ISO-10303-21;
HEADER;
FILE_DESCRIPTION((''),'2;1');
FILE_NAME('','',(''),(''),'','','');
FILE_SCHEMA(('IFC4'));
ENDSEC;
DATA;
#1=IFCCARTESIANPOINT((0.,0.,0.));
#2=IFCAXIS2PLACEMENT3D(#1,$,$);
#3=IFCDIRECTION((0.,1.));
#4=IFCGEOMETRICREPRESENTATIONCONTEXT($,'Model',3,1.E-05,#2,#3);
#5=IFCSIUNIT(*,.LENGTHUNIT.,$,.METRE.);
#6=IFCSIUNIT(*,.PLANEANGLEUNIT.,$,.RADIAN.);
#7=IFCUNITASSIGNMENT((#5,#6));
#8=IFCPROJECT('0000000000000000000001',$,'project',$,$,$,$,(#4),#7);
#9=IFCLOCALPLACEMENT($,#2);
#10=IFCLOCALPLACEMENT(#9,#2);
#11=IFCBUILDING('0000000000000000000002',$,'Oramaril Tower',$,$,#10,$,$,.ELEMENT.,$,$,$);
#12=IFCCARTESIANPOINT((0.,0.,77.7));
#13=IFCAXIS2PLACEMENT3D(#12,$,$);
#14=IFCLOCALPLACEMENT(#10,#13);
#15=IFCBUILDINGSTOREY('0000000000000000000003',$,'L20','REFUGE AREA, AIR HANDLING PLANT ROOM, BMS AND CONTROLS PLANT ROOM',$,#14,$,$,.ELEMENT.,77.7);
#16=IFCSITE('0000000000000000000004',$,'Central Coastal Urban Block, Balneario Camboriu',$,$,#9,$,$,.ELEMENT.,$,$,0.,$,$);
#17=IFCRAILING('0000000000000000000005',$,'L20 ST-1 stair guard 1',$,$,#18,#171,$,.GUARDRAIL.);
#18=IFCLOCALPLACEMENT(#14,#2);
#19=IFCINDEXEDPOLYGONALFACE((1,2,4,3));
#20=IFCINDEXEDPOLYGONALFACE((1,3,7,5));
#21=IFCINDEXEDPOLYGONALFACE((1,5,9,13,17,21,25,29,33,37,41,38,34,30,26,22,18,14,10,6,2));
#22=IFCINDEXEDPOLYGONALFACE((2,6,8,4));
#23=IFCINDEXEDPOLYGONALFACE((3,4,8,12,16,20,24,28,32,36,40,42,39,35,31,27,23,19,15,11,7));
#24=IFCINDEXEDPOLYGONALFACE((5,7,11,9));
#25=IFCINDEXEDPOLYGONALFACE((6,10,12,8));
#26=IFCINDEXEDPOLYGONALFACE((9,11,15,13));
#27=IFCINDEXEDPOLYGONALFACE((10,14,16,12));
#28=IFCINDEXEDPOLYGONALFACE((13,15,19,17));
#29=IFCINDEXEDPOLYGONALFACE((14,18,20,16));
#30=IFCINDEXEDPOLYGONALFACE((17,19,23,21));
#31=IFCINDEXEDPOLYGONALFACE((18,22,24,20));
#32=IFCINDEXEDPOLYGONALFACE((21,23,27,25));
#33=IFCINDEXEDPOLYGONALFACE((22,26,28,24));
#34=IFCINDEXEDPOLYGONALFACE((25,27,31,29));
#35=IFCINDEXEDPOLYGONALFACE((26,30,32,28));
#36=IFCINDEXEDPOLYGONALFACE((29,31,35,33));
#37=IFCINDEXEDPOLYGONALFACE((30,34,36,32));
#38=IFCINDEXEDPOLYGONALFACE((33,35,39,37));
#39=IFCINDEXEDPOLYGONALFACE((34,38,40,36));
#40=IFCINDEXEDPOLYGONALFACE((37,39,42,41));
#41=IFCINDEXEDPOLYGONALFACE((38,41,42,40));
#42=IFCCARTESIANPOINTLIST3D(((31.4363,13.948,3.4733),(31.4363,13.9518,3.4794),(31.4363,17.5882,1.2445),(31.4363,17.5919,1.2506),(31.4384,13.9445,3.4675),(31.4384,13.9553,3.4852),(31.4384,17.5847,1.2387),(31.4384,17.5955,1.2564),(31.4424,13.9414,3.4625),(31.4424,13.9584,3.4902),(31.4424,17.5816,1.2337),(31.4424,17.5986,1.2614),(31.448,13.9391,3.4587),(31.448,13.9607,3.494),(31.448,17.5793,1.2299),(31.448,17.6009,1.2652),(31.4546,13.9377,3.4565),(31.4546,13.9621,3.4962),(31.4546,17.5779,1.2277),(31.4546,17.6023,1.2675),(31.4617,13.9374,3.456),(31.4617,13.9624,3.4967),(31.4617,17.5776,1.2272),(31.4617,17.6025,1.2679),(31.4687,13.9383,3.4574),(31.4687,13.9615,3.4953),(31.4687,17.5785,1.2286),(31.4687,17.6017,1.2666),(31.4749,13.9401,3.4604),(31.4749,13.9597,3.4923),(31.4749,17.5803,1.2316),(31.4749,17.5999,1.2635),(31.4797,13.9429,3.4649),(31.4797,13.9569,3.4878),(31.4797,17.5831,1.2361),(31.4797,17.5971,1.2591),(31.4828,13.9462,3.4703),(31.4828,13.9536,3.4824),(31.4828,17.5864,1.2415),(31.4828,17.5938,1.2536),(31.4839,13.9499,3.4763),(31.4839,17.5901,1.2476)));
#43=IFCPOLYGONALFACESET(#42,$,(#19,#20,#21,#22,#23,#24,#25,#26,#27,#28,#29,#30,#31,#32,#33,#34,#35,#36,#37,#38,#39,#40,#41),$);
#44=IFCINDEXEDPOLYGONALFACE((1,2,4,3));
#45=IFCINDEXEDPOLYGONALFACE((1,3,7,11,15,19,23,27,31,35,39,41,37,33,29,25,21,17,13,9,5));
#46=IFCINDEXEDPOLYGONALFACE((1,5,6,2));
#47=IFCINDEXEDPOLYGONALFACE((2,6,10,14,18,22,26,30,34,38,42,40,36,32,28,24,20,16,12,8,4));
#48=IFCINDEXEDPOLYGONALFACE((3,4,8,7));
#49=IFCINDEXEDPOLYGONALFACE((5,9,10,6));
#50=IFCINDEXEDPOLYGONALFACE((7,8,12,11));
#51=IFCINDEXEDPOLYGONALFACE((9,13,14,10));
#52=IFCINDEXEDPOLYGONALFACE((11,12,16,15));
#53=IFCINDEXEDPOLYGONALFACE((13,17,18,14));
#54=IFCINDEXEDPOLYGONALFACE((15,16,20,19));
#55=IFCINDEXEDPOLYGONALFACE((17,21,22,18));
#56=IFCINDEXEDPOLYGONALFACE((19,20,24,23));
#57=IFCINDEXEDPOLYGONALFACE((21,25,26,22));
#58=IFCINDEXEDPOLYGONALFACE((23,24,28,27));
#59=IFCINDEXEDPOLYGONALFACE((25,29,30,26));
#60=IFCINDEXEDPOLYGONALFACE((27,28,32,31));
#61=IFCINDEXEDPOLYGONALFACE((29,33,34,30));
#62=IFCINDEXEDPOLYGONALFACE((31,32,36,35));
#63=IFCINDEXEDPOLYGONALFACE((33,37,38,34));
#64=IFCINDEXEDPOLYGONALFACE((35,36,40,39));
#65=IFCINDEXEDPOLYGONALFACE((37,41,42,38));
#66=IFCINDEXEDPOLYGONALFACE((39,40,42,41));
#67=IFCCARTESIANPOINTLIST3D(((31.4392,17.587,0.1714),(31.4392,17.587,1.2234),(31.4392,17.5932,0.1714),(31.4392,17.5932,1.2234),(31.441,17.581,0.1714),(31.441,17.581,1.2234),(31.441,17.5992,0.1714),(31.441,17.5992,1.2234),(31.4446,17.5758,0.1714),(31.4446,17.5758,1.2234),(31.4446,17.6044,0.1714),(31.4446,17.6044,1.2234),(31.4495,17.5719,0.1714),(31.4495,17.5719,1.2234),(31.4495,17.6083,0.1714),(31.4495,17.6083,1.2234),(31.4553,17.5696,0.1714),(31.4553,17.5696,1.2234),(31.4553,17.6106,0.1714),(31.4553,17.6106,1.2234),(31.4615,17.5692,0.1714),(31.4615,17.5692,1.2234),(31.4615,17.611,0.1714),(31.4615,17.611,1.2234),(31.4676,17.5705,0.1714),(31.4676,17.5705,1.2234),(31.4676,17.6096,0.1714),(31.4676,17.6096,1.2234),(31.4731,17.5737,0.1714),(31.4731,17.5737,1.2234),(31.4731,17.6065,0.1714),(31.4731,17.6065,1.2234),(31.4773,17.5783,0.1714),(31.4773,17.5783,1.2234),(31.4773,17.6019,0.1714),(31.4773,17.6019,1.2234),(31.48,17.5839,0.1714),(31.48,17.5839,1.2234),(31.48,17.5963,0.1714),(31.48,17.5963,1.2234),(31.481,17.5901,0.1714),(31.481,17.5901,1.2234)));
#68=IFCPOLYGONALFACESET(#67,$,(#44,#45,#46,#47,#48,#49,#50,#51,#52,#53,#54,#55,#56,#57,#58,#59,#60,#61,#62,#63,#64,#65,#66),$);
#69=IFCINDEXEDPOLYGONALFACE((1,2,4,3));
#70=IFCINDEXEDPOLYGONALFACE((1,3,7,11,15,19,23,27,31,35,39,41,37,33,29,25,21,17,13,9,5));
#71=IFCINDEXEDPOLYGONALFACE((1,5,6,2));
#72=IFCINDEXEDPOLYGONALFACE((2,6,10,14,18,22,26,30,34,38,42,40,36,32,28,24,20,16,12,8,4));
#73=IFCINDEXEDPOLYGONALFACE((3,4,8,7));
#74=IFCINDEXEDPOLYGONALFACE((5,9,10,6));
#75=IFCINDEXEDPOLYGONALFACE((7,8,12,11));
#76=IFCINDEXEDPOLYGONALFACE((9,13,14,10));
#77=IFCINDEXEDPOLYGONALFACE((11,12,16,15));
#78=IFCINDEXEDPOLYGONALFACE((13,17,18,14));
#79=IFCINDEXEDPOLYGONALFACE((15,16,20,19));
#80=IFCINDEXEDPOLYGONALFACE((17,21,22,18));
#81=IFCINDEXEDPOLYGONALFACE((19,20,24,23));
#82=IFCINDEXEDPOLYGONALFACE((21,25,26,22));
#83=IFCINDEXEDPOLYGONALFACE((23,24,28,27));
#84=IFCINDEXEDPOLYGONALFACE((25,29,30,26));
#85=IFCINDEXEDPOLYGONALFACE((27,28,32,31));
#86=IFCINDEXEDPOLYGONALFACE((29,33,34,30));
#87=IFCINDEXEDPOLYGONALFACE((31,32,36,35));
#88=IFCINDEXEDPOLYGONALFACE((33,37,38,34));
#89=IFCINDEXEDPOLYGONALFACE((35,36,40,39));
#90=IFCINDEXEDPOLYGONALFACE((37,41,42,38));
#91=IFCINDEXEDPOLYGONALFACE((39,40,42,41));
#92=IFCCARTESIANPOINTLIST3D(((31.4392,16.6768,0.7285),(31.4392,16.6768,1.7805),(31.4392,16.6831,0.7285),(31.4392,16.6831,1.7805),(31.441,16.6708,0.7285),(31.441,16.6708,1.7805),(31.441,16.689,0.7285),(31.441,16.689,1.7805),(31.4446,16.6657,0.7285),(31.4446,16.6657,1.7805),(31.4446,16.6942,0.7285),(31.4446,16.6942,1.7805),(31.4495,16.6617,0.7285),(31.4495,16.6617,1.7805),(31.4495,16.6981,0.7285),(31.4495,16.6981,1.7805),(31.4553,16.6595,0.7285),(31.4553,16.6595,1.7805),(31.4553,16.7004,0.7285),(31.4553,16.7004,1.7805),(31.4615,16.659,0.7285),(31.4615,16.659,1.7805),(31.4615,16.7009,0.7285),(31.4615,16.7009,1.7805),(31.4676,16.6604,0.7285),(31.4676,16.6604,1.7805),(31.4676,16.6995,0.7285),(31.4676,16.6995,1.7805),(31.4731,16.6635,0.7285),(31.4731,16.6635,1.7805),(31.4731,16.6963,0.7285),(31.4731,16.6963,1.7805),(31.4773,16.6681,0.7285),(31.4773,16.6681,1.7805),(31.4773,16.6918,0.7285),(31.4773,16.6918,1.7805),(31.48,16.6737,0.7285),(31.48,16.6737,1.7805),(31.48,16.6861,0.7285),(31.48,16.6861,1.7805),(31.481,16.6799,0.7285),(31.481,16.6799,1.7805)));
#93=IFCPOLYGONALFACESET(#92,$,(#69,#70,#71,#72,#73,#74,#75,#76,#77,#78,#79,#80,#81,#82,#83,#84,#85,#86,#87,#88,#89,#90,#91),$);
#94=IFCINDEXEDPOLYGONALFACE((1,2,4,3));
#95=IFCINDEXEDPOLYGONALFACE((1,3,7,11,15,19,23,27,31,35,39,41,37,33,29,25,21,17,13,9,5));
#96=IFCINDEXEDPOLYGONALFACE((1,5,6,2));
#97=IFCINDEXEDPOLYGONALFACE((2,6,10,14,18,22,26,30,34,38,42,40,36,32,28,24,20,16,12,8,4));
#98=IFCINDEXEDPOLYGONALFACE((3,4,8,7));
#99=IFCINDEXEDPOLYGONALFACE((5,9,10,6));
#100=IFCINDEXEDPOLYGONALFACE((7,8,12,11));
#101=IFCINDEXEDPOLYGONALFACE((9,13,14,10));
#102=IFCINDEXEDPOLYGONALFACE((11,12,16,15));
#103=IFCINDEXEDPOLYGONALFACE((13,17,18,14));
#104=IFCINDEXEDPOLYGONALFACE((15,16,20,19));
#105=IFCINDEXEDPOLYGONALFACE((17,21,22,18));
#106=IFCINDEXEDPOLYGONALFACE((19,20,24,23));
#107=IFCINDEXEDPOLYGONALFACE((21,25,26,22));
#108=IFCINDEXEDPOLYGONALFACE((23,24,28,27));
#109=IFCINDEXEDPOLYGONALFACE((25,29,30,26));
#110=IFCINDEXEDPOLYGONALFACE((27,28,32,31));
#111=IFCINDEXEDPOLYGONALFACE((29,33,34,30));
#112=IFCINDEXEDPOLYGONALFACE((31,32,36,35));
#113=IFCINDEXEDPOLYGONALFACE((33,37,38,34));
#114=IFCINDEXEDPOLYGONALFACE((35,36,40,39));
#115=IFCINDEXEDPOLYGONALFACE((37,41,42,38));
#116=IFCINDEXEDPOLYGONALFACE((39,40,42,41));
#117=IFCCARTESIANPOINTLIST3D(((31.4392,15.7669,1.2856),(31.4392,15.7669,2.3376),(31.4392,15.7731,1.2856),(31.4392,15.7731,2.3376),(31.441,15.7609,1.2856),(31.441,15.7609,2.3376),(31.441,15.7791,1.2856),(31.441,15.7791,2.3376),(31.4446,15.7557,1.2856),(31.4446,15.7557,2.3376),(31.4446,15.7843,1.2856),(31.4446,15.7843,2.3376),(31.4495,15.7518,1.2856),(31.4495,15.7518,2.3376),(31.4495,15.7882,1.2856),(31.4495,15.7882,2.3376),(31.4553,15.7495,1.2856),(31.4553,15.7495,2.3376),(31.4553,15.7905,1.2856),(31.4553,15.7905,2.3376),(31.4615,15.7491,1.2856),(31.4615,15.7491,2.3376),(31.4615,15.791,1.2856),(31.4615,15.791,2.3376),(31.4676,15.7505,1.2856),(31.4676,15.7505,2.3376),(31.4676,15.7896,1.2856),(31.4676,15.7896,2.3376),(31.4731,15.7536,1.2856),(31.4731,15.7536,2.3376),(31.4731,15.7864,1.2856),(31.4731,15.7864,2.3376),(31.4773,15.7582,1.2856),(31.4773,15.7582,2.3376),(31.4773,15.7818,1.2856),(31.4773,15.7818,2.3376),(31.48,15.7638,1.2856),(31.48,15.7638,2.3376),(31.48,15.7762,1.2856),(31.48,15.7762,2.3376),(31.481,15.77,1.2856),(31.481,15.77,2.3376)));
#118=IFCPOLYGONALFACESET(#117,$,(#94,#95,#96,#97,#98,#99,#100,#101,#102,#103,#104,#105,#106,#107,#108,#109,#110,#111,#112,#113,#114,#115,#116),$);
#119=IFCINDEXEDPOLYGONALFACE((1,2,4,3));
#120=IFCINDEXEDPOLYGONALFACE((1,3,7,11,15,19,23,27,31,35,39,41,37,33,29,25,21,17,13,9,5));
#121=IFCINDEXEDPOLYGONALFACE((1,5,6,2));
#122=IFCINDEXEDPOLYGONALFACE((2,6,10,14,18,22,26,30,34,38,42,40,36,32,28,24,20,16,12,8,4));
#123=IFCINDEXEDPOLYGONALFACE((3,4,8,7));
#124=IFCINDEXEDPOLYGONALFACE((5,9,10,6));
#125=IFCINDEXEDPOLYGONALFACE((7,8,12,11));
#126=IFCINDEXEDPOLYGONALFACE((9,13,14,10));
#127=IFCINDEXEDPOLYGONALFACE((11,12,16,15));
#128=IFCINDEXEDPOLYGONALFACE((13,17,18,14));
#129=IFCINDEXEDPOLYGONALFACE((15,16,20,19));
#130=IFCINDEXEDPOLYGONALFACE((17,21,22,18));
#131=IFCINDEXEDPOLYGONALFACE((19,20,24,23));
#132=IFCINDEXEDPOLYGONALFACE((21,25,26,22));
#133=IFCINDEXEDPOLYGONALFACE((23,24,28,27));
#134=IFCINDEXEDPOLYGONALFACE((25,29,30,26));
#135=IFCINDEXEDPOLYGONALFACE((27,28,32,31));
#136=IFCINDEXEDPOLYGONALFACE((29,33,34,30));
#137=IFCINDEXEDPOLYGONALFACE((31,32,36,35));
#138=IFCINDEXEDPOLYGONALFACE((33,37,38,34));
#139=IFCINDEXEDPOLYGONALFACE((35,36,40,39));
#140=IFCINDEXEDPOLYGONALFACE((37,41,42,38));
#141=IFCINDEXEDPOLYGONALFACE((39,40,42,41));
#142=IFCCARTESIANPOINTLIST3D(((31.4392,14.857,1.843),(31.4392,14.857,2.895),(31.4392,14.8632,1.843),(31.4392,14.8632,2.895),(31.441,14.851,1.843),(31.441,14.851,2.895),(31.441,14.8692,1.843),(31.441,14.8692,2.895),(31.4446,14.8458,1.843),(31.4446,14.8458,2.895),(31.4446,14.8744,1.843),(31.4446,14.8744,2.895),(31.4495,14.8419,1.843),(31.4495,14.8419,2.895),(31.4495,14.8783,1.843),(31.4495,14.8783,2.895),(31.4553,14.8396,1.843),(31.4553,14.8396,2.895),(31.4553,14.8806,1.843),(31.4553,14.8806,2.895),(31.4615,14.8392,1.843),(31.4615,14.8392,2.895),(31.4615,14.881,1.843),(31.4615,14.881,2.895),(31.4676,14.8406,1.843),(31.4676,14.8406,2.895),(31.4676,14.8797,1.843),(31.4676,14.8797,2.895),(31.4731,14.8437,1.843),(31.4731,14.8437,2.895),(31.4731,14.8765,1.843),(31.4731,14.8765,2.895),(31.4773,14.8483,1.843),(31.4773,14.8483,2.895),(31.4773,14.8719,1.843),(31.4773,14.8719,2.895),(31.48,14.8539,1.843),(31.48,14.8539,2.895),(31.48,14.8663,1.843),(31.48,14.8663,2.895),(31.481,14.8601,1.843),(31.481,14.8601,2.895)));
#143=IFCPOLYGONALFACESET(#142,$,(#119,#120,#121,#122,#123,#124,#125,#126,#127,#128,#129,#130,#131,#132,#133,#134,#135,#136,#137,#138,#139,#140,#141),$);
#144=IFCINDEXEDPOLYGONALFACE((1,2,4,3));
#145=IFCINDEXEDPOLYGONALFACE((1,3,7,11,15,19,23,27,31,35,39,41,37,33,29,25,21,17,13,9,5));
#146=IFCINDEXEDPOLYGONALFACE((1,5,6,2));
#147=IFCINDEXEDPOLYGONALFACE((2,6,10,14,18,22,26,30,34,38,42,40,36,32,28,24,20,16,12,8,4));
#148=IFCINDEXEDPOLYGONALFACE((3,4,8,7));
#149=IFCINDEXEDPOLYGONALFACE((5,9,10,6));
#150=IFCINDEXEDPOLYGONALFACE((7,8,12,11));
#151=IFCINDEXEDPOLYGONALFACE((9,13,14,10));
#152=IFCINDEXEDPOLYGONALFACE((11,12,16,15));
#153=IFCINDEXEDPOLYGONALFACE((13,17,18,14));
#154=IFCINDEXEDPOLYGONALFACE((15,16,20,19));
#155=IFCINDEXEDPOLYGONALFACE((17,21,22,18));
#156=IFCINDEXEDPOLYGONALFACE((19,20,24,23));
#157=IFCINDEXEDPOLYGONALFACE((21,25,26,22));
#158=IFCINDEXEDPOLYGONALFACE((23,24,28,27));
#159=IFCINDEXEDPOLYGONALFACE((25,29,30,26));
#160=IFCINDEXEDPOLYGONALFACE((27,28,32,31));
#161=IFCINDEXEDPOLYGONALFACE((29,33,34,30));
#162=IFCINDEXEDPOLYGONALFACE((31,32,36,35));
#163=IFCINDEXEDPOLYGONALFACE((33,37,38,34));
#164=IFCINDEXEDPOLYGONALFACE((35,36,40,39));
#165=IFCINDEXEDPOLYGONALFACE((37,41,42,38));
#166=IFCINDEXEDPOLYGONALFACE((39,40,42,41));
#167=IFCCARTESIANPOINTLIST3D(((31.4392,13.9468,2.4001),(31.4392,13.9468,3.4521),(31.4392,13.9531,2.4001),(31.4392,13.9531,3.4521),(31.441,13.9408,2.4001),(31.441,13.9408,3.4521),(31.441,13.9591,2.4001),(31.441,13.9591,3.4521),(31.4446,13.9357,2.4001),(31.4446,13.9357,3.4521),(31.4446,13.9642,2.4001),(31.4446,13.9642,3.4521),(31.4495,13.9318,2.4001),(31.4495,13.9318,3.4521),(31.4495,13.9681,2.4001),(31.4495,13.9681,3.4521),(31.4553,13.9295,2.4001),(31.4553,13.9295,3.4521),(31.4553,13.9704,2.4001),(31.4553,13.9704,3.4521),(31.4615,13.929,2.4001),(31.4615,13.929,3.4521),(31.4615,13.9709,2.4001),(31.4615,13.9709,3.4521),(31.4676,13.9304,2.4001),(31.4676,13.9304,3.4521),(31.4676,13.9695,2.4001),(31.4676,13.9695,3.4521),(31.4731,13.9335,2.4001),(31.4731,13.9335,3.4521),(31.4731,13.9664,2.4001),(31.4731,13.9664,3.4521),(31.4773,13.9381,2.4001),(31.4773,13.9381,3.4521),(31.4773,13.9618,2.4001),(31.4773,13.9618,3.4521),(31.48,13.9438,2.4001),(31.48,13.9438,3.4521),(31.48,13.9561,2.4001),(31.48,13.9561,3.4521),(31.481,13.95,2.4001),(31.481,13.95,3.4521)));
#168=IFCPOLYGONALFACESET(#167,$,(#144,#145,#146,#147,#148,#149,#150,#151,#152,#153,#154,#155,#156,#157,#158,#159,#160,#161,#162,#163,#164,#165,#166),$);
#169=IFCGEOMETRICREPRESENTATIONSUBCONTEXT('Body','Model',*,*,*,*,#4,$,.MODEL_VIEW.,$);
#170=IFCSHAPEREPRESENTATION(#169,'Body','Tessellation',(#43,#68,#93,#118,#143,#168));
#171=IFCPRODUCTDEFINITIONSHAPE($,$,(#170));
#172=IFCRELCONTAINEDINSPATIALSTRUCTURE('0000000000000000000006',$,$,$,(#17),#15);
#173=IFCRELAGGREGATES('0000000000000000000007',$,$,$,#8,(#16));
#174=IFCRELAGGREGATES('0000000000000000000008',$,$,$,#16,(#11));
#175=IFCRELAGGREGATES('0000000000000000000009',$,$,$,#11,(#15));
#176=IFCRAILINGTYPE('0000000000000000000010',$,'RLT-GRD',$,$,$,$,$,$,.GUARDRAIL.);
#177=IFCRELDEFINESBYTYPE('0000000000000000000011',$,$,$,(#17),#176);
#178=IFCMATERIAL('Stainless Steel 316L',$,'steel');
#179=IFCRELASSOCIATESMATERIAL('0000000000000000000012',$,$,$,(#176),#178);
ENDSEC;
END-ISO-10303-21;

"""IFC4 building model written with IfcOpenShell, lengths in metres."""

from ifc_helpers import new_model, si_unit, direction, frame, origin, origin_2d, place, context, subcontext, project, spatial, circle, extrude, material, type_object, element, save


model = new_model("IFC4")

# Units and contexts
model_context = context("Model", 3, precision=1e-05, world=origin(), true_north=direction((0.0, 1.0)))
body_context = subcontext(model_context, "Body", "Model", "MODEL_VIEW")
ifc_project = project(units=[si_unit("LENGTHUNIT", "METRE"), si_unit("PLANEANGLEUNIT", "RADIAN")], contexts=[model_context])

# Site, building, storey
site_placement = place(None, origin())
site = spatial("IfcSite", under=ifc_project, at=site_placement, Name="Central Coastal Urban Block, Balneario Camboriu", CompositionType="ELEMENT", RefElevation=0.0)
building_placement = place(site_placement, origin())
building = spatial("IfcBuilding", under=site, at=building_placement, Name="Oramaril Tower", CompositionType="ELEMENT")
storey_placement = place(building_placement, frame((0.0, 0.0, 77.7)))
storey = spatial("IfcBuildingStorey", under=building, at=storey_placement, Name="L20", Description="REFUGE AREA, AIR HANDLING PLANT ROOM, BMS AND CONTROLS PLANT ROOM", CompositionType="ELEMENT", Elevation=77.7)

# Railing
ifc_material_1 = material(Name="Stainless Steel 316L", Category="steel")
railing_type_1 = type_object("IfcRailingType", Name="RLT-GRD", PredefinedType="GUARDRAIL", material=ifc_material_1)
railing_1_placement = place(storey_placement, frame((31.46, 17.5901, 0.1714)))
element("IfcRailing", 1, at=railing_1_placement, inside=storey, type_object=railing_type_1, Name="L20 ST-1 stair guard 1", PredefinedType="GUARDRAIL", context=body_context, shape_type="SweptSolid", body=[
    extrude(circle(Radius=0.0239, at=origin_2d()), frame((0.0, 0.0, 1.0762), z_axis=(0.0, -0.85284, 0.522172), x_axis=(1.0, 0.0, 0.0)), (0.0, 0.0, 1.0), 4.2683),
    extrude(circle(Radius=0.021, at=origin_2d()), origin(), (0.0, 0.0, 1.0), 1.052),
    extrude(circle(Radius=0.021, at=origin_2d()), frame((0.0, -0.9102, 0.5571)), (0.0, 0.0, 1.0), 1.052),
    extrude(circle(Radius=0.021, at=origin_2d()), frame((0.0, -1.8201, 1.1143)), (0.0, 0.0, 1.0), 1.052),
    extrude(circle(Radius=0.021, at=origin_2d()), frame((0.0, -2.73, 1.6716)), (0.0, 0.0, 1.0), 1.052),
    extrude(circle(Radius=0.021, at=origin_2d()), frame((0.0, -3.6401, 2.2288)), (0.0, 0.0, 1.0), 1.052),
])

save(model, "model.ifc")
